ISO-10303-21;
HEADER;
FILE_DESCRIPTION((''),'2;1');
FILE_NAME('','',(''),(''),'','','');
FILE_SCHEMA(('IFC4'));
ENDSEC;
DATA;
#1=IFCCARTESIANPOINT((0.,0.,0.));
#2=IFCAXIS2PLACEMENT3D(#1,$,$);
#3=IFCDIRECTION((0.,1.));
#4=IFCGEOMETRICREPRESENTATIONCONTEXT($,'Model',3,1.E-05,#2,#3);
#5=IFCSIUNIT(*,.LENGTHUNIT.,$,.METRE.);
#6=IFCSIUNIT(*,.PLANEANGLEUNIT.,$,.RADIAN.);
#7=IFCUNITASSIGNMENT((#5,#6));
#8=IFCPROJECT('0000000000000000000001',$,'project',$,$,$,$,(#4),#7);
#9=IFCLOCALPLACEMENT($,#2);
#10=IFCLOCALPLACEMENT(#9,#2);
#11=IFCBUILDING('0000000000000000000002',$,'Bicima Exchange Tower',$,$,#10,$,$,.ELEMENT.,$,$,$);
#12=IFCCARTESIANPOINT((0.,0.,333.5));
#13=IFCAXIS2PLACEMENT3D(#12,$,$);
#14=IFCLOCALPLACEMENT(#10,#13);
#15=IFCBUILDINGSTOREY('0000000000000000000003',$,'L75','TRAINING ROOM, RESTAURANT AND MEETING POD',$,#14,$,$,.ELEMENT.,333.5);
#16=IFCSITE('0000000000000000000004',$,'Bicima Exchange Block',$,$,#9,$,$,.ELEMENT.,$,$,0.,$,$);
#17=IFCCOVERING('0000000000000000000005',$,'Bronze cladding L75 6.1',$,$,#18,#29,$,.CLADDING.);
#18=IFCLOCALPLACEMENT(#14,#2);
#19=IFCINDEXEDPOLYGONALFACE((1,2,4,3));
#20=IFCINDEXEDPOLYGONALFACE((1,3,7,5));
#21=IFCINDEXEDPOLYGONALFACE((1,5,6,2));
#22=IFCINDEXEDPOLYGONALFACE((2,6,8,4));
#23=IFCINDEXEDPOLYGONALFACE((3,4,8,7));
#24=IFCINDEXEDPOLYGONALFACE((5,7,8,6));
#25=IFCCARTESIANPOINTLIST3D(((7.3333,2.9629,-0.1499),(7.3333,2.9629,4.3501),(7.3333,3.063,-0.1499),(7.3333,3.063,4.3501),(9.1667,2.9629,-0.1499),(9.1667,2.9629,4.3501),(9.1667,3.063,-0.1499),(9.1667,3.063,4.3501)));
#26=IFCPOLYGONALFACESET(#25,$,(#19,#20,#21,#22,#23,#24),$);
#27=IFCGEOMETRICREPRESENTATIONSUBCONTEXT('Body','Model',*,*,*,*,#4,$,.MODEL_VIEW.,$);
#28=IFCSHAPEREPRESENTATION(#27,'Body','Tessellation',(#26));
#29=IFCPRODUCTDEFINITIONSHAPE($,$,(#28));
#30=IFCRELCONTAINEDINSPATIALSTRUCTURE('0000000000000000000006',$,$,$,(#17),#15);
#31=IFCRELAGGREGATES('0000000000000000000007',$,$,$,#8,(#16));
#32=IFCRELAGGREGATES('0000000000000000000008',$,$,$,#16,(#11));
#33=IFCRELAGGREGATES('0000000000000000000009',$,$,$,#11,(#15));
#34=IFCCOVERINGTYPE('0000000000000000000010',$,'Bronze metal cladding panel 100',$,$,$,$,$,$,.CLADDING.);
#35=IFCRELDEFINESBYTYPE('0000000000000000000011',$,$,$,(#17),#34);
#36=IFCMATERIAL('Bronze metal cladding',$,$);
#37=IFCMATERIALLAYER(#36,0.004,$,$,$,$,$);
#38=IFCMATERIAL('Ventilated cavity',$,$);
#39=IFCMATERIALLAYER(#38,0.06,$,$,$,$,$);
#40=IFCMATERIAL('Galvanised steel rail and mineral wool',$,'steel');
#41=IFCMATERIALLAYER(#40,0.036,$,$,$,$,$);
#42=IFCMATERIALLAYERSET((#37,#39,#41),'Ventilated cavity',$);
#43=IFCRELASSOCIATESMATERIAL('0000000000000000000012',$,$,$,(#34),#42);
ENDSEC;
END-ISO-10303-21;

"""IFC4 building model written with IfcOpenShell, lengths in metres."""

from ifc_helpers import new_model, si_unit, direction, frame, origin, origin_2d, place, context, subcontext, project, spatial, rectangle, extrude, material, layer, layer_set, type_object, element, save


model = new_model("IFC4")

# Units and contexts
model_context = context("Model", 3, precision=1e-05, world=origin(), true_north=direction((0.0, 1.0)))
body_context = subcontext(model_context, "Body", "Model", "MODEL_VIEW")
ifc_project = project(units=[si_unit("LENGTHUNIT", "METRE"), si_unit("PLANEANGLEUNIT", "RADIAN")], contexts=[model_context])

# Site, building, storey
site_placement = place(None, origin())
site = spatial("IfcSite", under=ifc_project, at=site_placement, Name="Bicima Exchange Block", CompositionType="ELEMENT", RefElevation=0.0)
building_placement = place(site_placement, origin())
building = spatial("IfcBuilding", under=site, at=building_placement, Name="Bicima Exchange Tower", CompositionType="ELEMENT")
storey_placement = place(building_placement, frame((0.0, 0.0, 333.5)))
storey = spatial("IfcBuildingStorey", under=building, at=storey_placement, Name="L75", Description="TRAINING ROOM, RESTAURANT AND MEETING POD", CompositionType="ELEMENT", Elevation=333.5)

# Covering
ifc_material_1 = material(Name="Bronze metal cladding")
ifc_layer_1 = layer(ifc_material_1, 0.004)
ifc_material_2 = material(Name="Ventilated cavity")
ifc_layer_2 = layer(ifc_material_2, 0.06)
ifc_material_3 = material(Name="Galvanised steel rail and mineral wool", Category="steel")
ifc_layer_3 = layer(ifc_material_3, 0.036)
ifc_layer_set_1 = layer_set([ifc_layer_1, ifc_layer_2, ifc_layer_3], Name="Ventilated cavity")
covering_type = type_object("IfcCoveringType", Name="Bronze metal cladding panel 100", PredefinedType="CLADDING", material=ifc_layer_set_1)
covering_1_placement = place(storey_placement, frame((8.25, 3.0129, -0.1499), z_axis=(0.0, 0.0, 1.0), x_axis=(-1.0, 0.0, 0.0)))
element("IfcCovering", 1, at=covering_1_placement, inside=storey, type_object=covering_type, Name="Bronze cladding L75 6.1", PredefinedType="CLADDING", context=body_context, shape_type="SweptSolid", body=[
    extrude(rectangle(XDim=1.8335, YDim=0.1001, at=origin_2d()), origin(), (0.0, 0.0, 1.0), 4.5),
])

save(model, "model.ifc")
